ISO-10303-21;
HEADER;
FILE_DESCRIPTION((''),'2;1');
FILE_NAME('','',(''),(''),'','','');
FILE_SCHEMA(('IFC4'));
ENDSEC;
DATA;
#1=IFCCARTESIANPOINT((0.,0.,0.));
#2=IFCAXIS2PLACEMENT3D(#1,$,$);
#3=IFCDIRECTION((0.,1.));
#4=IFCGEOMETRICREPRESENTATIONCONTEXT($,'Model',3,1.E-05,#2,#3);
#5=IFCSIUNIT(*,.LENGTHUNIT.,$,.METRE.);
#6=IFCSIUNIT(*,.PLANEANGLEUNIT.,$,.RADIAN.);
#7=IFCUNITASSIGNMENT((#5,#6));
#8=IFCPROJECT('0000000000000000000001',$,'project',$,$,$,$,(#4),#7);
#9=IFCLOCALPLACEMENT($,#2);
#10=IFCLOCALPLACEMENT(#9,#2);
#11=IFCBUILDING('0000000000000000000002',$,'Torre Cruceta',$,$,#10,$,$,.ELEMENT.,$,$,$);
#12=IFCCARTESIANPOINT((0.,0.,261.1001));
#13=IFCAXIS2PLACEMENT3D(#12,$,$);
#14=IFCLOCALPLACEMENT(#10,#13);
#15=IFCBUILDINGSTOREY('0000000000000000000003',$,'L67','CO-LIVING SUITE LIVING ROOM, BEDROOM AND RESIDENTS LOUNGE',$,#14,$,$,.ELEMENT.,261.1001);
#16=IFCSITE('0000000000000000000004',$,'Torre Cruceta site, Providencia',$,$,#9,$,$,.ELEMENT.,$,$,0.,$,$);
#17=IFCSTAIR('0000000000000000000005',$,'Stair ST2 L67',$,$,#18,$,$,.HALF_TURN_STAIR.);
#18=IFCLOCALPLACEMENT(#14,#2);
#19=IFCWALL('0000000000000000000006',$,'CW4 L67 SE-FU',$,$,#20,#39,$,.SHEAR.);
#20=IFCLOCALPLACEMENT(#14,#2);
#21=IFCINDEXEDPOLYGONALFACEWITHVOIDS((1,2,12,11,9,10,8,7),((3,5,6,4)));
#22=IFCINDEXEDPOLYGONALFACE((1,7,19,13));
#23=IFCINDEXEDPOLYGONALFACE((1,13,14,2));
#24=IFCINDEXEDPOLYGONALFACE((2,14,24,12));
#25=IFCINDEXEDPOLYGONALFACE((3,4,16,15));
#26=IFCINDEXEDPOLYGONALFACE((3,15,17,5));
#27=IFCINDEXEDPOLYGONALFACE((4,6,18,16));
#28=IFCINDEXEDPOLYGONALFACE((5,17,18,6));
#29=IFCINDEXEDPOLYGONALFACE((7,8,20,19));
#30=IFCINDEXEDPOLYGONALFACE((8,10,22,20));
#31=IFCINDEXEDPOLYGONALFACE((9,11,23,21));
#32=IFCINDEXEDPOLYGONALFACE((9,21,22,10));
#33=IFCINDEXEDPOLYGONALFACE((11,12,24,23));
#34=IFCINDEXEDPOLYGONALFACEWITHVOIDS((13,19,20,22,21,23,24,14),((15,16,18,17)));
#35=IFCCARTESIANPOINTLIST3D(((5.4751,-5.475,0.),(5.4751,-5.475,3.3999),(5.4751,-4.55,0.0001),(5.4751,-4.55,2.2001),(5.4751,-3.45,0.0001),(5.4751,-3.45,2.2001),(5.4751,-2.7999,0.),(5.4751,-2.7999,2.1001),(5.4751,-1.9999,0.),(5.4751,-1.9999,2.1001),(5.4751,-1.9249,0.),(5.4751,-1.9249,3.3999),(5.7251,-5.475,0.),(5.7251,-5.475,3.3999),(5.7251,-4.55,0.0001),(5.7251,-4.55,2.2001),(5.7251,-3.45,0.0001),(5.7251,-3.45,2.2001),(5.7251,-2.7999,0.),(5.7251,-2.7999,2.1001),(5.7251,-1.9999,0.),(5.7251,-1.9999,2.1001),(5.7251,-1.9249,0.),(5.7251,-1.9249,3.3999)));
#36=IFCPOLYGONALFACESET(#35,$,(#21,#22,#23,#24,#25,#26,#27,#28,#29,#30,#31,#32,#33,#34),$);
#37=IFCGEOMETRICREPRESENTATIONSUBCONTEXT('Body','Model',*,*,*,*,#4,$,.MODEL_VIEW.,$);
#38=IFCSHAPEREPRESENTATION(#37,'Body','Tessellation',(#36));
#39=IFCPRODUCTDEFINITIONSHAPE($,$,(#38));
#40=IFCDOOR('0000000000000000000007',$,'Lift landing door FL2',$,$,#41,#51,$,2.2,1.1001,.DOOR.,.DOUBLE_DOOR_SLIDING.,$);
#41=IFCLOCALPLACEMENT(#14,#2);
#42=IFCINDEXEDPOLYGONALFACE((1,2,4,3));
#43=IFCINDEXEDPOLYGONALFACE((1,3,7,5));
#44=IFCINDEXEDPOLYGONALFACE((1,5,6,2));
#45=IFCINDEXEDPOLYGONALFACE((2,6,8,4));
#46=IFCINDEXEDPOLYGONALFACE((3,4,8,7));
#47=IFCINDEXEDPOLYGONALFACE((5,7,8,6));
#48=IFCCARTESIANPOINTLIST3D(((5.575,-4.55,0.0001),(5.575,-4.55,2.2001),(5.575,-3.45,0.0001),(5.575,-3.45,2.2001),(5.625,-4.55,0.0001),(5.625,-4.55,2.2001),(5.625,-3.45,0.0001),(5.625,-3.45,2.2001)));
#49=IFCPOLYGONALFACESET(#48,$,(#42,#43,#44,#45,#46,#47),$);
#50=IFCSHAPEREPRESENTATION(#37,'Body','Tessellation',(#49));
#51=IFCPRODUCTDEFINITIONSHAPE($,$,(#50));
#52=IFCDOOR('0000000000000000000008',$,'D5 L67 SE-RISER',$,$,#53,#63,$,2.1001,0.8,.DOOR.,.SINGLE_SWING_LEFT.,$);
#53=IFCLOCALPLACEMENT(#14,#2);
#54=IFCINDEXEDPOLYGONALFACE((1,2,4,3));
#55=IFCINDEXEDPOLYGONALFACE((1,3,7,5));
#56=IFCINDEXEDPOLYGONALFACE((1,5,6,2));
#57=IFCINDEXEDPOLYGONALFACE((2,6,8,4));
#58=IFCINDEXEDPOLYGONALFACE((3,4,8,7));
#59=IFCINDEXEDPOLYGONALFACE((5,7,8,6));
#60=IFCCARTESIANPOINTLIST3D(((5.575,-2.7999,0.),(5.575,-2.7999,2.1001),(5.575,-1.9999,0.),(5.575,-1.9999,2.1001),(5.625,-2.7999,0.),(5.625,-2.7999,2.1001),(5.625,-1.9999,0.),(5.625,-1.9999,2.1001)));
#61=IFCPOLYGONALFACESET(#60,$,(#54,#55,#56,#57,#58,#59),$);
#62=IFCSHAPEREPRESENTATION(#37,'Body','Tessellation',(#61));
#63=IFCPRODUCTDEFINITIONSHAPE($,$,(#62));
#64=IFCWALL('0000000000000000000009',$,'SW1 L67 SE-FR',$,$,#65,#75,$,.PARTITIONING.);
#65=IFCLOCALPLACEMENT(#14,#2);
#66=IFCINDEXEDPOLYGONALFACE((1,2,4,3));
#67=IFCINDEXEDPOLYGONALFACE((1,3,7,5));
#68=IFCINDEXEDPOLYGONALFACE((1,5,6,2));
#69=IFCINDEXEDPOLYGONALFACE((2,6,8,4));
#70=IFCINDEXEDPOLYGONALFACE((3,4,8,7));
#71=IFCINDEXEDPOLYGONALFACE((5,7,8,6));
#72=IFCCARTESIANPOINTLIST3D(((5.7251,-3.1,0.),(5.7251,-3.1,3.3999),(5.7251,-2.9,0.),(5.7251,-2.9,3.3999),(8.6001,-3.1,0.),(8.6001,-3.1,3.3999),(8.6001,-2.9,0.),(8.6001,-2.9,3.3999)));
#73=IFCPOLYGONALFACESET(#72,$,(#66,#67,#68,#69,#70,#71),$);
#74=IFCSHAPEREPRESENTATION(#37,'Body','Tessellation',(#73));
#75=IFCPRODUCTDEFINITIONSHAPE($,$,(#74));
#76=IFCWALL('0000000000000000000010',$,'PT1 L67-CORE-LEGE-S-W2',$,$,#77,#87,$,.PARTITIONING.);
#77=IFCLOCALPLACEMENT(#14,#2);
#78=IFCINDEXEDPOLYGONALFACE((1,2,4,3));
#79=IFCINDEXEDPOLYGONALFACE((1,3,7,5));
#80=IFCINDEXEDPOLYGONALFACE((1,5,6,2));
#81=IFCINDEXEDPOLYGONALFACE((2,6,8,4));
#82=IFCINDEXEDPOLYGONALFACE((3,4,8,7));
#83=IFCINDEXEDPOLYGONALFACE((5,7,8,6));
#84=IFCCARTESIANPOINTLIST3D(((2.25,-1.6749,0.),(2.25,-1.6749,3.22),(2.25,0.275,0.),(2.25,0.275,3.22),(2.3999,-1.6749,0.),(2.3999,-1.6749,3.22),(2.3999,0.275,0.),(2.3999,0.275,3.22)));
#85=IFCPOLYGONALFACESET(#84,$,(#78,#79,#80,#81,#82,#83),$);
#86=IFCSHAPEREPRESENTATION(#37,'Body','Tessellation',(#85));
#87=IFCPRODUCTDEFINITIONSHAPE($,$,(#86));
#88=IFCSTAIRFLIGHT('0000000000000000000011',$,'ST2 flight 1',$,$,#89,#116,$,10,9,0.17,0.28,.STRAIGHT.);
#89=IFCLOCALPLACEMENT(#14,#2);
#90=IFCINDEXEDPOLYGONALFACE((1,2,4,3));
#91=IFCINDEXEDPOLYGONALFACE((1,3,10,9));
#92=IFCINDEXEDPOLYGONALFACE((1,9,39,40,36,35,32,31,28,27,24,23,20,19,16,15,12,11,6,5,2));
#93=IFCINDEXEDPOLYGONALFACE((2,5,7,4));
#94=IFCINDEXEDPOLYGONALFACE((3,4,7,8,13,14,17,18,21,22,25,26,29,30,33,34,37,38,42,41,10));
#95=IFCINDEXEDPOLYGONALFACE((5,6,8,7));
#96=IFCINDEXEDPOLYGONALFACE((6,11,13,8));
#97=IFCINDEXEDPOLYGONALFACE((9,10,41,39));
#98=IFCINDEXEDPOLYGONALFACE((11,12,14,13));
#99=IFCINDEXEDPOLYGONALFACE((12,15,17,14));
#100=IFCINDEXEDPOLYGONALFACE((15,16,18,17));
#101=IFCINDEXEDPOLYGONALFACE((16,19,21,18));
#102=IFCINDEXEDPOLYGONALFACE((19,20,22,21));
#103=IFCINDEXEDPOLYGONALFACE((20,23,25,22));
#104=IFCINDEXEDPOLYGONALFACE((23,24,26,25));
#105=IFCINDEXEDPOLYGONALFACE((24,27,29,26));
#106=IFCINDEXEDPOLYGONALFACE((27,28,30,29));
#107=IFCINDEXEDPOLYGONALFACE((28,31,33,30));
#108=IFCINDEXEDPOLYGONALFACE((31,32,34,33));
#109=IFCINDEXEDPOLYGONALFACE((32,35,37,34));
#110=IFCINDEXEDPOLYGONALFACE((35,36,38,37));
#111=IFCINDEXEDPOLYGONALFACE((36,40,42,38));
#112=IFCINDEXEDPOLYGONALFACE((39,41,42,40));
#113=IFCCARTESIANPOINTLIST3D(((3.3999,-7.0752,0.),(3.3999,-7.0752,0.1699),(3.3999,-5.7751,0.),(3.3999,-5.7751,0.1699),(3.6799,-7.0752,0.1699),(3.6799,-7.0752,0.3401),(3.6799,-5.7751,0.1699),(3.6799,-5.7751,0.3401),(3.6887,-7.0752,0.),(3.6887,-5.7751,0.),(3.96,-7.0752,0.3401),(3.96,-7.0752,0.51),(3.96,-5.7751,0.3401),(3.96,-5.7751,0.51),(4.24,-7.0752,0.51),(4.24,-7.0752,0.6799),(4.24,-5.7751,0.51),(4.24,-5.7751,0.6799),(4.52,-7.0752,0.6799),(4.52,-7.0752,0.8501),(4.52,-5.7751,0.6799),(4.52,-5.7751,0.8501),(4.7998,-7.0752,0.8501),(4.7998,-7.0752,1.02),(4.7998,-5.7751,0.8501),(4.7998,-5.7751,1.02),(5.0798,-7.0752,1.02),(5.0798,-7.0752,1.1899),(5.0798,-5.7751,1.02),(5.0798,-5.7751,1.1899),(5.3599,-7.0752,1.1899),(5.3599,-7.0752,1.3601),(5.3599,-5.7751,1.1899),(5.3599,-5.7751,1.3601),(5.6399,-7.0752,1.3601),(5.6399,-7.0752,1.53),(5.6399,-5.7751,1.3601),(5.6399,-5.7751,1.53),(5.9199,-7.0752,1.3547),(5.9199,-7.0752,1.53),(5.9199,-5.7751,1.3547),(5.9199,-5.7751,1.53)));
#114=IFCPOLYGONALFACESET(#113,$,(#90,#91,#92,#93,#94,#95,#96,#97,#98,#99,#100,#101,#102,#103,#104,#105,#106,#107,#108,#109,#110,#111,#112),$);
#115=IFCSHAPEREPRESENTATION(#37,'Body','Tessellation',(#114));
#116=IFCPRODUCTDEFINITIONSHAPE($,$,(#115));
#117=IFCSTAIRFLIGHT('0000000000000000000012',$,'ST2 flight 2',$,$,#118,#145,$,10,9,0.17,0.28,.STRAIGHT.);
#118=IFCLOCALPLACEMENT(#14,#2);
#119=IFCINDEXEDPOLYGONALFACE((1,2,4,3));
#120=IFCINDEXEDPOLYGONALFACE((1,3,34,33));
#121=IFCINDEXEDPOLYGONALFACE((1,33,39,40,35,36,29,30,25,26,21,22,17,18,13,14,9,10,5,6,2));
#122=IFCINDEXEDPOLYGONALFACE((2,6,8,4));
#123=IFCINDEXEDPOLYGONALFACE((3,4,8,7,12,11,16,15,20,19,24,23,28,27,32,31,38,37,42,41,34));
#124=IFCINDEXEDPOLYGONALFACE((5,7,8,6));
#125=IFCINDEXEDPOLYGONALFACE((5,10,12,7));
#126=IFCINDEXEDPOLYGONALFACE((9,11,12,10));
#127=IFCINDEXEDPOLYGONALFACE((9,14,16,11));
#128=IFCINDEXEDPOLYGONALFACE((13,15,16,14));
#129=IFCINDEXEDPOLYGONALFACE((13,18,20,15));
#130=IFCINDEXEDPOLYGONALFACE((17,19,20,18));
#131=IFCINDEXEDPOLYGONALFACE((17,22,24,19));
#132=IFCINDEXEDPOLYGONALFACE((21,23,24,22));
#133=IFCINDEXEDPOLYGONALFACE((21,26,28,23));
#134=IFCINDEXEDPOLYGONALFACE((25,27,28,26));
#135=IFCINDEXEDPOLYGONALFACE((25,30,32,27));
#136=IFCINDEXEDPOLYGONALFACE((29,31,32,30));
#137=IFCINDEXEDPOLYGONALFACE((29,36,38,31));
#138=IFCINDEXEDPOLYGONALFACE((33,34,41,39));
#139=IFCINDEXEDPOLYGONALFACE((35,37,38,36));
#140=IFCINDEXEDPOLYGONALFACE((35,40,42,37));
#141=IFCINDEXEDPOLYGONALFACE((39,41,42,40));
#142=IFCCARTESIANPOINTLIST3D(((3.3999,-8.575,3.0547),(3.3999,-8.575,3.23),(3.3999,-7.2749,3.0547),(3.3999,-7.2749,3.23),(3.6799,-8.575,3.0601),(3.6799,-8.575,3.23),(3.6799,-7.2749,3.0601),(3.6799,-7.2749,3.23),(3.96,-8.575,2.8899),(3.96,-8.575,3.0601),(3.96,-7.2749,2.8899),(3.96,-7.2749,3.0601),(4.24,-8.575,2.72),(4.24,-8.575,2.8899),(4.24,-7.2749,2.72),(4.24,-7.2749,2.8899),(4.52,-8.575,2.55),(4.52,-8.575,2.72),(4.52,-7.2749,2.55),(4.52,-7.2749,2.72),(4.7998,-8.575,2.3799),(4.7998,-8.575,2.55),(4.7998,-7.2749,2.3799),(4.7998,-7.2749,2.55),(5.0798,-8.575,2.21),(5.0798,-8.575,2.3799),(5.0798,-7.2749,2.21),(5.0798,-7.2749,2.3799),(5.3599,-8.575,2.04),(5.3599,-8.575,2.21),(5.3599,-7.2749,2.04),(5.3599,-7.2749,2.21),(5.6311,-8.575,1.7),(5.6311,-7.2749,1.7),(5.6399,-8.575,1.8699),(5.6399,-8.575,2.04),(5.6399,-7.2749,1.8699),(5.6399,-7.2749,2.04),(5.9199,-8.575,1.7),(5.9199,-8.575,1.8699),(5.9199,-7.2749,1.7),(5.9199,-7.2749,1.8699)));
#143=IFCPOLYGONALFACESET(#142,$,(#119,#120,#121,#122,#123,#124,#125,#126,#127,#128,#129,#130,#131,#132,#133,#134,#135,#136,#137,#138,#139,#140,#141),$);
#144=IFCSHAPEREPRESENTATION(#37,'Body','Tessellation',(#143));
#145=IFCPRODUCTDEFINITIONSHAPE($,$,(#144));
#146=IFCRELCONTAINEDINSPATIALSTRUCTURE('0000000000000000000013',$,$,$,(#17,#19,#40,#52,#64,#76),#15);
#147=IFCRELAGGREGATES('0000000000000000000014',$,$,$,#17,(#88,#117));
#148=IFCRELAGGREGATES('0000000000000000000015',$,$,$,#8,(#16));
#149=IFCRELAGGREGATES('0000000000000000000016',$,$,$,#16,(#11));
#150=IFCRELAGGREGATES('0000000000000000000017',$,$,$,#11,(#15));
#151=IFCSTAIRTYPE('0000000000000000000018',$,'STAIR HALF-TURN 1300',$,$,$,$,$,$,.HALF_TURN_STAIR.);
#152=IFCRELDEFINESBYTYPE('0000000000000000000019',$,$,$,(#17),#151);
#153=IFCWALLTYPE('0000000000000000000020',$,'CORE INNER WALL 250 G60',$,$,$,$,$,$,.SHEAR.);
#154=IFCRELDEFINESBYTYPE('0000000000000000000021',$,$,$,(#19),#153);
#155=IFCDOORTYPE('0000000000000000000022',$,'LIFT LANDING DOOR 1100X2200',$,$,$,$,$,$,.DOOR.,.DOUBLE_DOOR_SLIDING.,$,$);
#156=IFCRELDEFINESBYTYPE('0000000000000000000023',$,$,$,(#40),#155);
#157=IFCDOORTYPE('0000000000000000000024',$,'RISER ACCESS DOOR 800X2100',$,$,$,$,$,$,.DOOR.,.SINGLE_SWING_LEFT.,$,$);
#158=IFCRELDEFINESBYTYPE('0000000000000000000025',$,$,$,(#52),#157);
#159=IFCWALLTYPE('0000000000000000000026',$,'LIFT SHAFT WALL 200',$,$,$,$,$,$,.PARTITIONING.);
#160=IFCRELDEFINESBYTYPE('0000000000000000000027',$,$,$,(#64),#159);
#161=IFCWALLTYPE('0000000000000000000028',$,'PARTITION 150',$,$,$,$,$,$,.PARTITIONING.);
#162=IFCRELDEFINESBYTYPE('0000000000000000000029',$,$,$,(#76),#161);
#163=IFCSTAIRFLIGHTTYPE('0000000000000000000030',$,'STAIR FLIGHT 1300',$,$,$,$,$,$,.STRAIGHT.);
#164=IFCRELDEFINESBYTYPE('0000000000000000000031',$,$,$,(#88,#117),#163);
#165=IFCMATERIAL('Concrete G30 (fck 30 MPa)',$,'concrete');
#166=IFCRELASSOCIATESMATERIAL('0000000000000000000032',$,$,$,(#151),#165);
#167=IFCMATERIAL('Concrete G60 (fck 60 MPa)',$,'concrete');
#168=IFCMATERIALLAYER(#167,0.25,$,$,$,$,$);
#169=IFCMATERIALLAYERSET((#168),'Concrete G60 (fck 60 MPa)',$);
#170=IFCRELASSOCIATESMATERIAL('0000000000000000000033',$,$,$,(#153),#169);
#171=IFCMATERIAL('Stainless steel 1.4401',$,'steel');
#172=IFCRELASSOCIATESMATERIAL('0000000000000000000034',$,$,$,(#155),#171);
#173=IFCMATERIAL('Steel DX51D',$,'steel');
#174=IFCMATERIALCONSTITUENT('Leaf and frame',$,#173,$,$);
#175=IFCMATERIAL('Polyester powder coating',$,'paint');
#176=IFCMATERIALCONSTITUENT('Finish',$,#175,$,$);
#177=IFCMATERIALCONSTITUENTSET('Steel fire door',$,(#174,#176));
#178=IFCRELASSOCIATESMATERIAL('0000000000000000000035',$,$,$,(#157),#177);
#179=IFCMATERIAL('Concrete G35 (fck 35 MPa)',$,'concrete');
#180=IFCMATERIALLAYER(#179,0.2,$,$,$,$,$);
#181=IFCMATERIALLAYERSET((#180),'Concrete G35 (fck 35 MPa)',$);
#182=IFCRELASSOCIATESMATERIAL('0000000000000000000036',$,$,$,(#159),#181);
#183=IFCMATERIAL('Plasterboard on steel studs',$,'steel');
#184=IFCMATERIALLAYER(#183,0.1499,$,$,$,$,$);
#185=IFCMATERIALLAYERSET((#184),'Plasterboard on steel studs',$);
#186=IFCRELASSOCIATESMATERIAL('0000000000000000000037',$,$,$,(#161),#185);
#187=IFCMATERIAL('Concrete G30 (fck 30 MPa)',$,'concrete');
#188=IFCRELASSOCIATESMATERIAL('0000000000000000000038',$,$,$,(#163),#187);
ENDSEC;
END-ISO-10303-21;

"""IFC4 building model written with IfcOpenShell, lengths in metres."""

from ifc_helpers import new_model, si_unit, direction, frame, frame_2d, origin, place, context, subcontext, project, spatial, polyline, rectangle, outline, extrude, material, layer, layer_set, constituent, constituent_set, type_object, element, fill, aggregate, save


model = new_model("IFC4")

# Units and contexts
model_context = context("Model", 3, precision=1e-05, world=origin(), true_north=direction((0.0, 1.0)))
body_context = subcontext(model_context, "Body", "Model", "MODEL_VIEW")
ifc_project = project(units=[si_unit("LENGTHUNIT", "METRE"), si_unit("PLANEANGLEUNIT", "RADIAN")], contexts=[model_context])

# Site, building, storey
site_placement = place(None, origin())
site = spatial("IfcSite", under=ifc_project, at=site_placement, Name="Torre Cruceta site, Providencia", CompositionType="ELEMENT", RefElevation=0.0)
building_placement = place(site_placement, origin())
building = spatial("IfcBuilding", under=site, at=building_placement, Name="Torre Cruceta", CompositionType="ELEMENT")
storey_placement = place(building_placement, frame((0.0, 0.0, 261.1001)))
storey = spatial("IfcBuildingStorey", under=building, at=storey_placement, Name="L67", Description="CO-LIVING SUITE LIVING ROOM, BEDROOM AND RESIDENTS LOUNGE", CompositionType="ELEMENT", Elevation=261.1001)

# Stair
ifc_material_1 = material(Name="Concrete G30 (fck 30 MPa)", Category="concrete")
stair_type = type_object("IfcStairType", Name="STAIR HALF-TURN 1300", PredefinedType="HALF_TURN_STAIR", material=ifc_material_1)
stair_placement = place(storey_placement, origin())
stair = element("IfcStair", 1, at=stair_placement, inside=storey, type_object=stair_type, Name="Stair ST2 L67", PredefinedType="HALF_TURN_STAIR")

# Shared definitions
ifc_material_2 = material(Name="Concrete G60 (fck 60 MPa)", Category="concrete")
ifc_layer_1 = layer(ifc_material_2, 0.25)
ifc_layer_set_1 = layer_set([ifc_layer_1], Name="Concrete G60 (fck 60 MPa)")
wall_type_1 = type_object("IfcWallType", Name="CORE INNER WALL 250 G60", PredefinedType="SHEAR", material=ifc_layer_set_1)

# Wall, openings, doors
wall_1_placement = place(storey_placement, frame((5.6001, -1.925, 0.0), z_axis=(0.0, 0.0, 1.0), x_axis=(0.0, -1.0, 0.0)))
wall_1 = element("IfcWall", 2, at=wall_1_placement, inside=storey, type_object=wall_type_1, Name="CW4 L67 SE-FU", PredefinedType="SHEAR", context=body_context, shape_type="SweptSolid", body=[
    extrude(rectangle(XDim=3.55, YDim=0.25, at=frame_2d((1.7749, 0.0))), origin(), (0.0, 0.0, 1.0), 3.3999),
])
opening_1_placement = place(wall_1_placement, frame((1.5249, 0.0, 0.0)))
opening_1 = element("IfcOpeningElement", 3, at=opening_1_placement, cuts=wall_1, PredefinedType="OPENING", context=body_context, shape_type="SweptSolid", body=[
    extrude(rectangle(XDim=1.1001, YDim=2.2, at=frame_2d((0.55, 1.1001))), frame((0.0, 0.135, 0.0), z_axis=(0.0, -1.0, 0.0), x_axis=(1.0, 0.0, 0.0)), (0.0, 0.0, 1.0), 0.27),
])
opening_2_placement = place(wall_1_placement, frame((0.075, 0.0, 0.0)))
opening_2 = element("IfcOpeningElement", 4, at=opening_2_placement, cuts=wall_1, PredefinedType="OPENING", context=body_context, shape_type="SweptSolid", body=[
    extrude(rectangle(XDim=0.8, YDim=2.1001, at=frame_2d((0.3999, 1.05))), frame((0.0, 0.135, 0.0), z_axis=(0.0, -1.0, 0.0), x_axis=(1.0, 0.0, 0.0)), (0.0, 0.0, 1.0), 0.27),
])
ifc_material_3 = material(Name="Stainless steel 1.4401", Category="steel")
door_type_1 = type_object("IfcDoorType", Name="LIFT LANDING DOOR 1100X2200", OperationType="DOUBLE_DOOR_SLIDING", PredefinedType="DOOR", material=ifc_material_3)
door_1_placement = place(opening_1_placement, origin())
door_1 = element("IfcDoor", 5, at=door_1_placement, inside=storey, type_object=door_type_1, Name="Lift landing door FL2", OperationType="DOUBLE_DOOR_SLIDING", OverallHeight=2.2, OverallWidth=1.1001, PredefinedType="DOOR", context=body_context, shape_type="SweptSolid", body=[
    extrude(rectangle(XDim=1.1001, YDim=2.2, at=frame_2d((0.55, 1.1001))), frame((0.0, 0.0249, 0.0), z_axis=(0.0, -1.0, 0.0), x_axis=(1.0, 0.0, 0.0)), (0.0, 0.0, 1.0), 0.05),
])
fill(opening_1, door_1)
ifc_material_4 = material(Name="Steel DX51D", Category="steel")
ifc_constituent_1 = constituent(ifc_material_4, Name="Leaf and frame")
ifc_material_5 = material(Name="Polyester powder coating", Category="paint")
ifc_constituent_2 = constituent(ifc_material_5, Name="Finish")
ifc_constituent_set_1 = constituent_set(constituents=[ifc_constituent_1, ifc_constituent_2], Name="Steel fire door")
door_type_2 = type_object("IfcDoorType", Name="RISER ACCESS DOOR 800X2100", OperationType="SINGLE_SWING_LEFT", PredefinedType="DOOR", material=ifc_constituent_set_1)
door_2_placement = place(opening_2_placement, origin())
door_2 = element("IfcDoor", 6, at=door_2_placement, inside=storey, type_object=door_type_2, Name="D5 L67 SE-RISER", OperationType="SINGLE_SWING_LEFT", OverallHeight=2.1001, OverallWidth=0.8, PredefinedType="DOOR", context=body_context, shape_type="SweptSolid", body=[
    extrude(rectangle(XDim=0.8, YDim=2.1001, at=frame_2d((0.3999, 1.05))), frame((0.0, 0.0249, 0.0), z_axis=(0.0, -1.0, 0.0), x_axis=(1.0, 0.0, 0.0)), (0.0, 0.0, 1.0), 0.05),
])
fill(opening_2, door_2)

# Walls
ifc_material_6 = material(Name="Concrete G35 (fck 35 MPa)", Category="concrete")
ifc_layer_2 = layer(ifc_material_6, 0.2)
ifc_layer_set_2 = layer_set([ifc_layer_2], Name="Concrete G35 (fck 35 MPa)")
wall_type_2 = type_object("IfcWallType", Name="LIFT SHAFT WALL 200", PredefinedType="PARTITIONING", material=ifc_layer_set_2)
wall_2_placement = place(storey_placement, frame((5.7251, -3.0, 0.0), z_axis=(0.0, 0.0, 1.0), x_axis=(1.0, 0.0, 0.0)))
element("IfcWall", 7, at=wall_2_placement, inside=storey, type_object=wall_type_2, Name="SW1 L67 SE-FR", PredefinedType="PARTITIONING", context=body_context, shape_type="SweptSolid", body=[
    extrude(rectangle(XDim=2.875, YDim=0.2, at=frame_2d((1.4375, 0.0))), origin(), (0.0, 0.0, 1.0), 3.3999),
])
ifc_material_7 = material(Name="Plasterboard on steel studs", Category="steel")
ifc_layer_3 = layer(ifc_material_7, 0.1499)
ifc_layer_set_3 = layer_set([ifc_layer_3], Name="Plasterboard on steel studs")
wall_type_3 = type_object("IfcWallType", Name="PARTITION 150", PredefinedType="PARTITIONING", material=ifc_layer_set_3)
wall_3_placement = place(storey_placement, frame((2.325, -1.675, 0.0), z_axis=(0.0, 0.0, 1.0), x_axis=(0.0, 1.0, 0.0)))
element("IfcWall", 8, at=wall_3_placement, inside=storey, type_object=wall_type_3, Name="PT1 L67-CORE-LEGE-S-W2", PredefinedType="PARTITIONING", context=body_context, shape_type="SweptSolid", body=[
    extrude(rectangle(XDim=1.95, YDim=0.1499, at=frame_2d((0.9751, 0.0))), origin(), (0.0, 0.0, 1.0), 3.22),
])

# Stair flights
ifc_material_8 = material(Name="Concrete G30 (fck 30 MPa)", Category="concrete")
stair_flight_type = type_object("IfcStairFlightType", Name="STAIR FLIGHT 1300", PredefinedType="STRAIGHT", material=ifc_material_8)
stair_flight_1_placement = place(storey_placement, frame((3.3999, -6.425, 0.0), z_axis=(0.0, 0.0, 1.0), x_axis=(1.0, 0.0, 0.0)))
stair_flight_1 = element("IfcStairFlight", 9, at=stair_flight_1_placement, type_object=stair_flight_type, Name="ST2 flight 1", NumberOfRisers=10, NumberOfTreads=9, PredefinedType="STRAIGHT", RiserHeight=0.17, TreadLength=0.28, context=body_context, shape_type="SweptSolid", body=[
    extrude(outline(polyline([(0.0, 0.0), (0.0, 0.1699), (0.28, 0.1699), (0.28, 0.3401), (0.5601, 0.3401), (0.5601, 0.51), (0.8401, 0.51), (0.8401, 0.6799), (1.1201, 0.6799), (1.1201, 0.8501), (1.3999, 0.8501), (1.3999, 1.02), (1.6799, 1.02), (1.6799, 1.1899), (1.96, 1.1899), (1.96, 1.3601), (2.24, 1.3601), (2.24, 1.53), (2.52, 1.53), (2.52, 1.7), (2.52, 1.3547), (0.2888, 0.0), (0.0, 0.0)])), frame((0.0, 0.6499, 0.0), z_axis=(0.0, -1.0, 0.0), x_axis=(1.0, 0.0, 0.0)), (0.0, 0.0, 1.0), 1.3),
])
stair_flight_2_placement = place(storey_placement, frame((5.9199, -7.925, 1.7), z_axis=(0.0, 0.0, 1.0), x_axis=(-1.0, 0.0, 0.0)))
stair_flight_2 = element("IfcStairFlight", 10, at=stair_flight_2_placement, type_object=stair_flight_type, Name="ST2 flight 2", NumberOfRisers=10, NumberOfTreads=9, PredefinedType="STRAIGHT", RiserHeight=0.17, TreadLength=0.28, context=body_context, shape_type="SweptSolid", body=[
    extrude(outline(polyline([(0.0, 0.0), (0.0, 0.1699), (0.28, 0.1699), (0.28, 0.3401), (0.5601, 0.3401), (0.5601, 0.51), (0.8401, 0.51), (0.8401, 0.6799), (1.1201, 0.6799), (1.1201, 0.8501), (1.3999, 0.8501), (1.3999, 1.02), (1.6799, 1.02), (1.6799, 1.1899), (1.96, 1.1899), (1.96, 1.3601), (2.24, 1.3601), (2.24, 1.53), (2.52, 1.53), (2.52, 1.7), (2.52, 1.3547), (0.2888, 0.0), (0.0, 0.0)])), frame((0.0, 0.6499, 0.0), z_axis=(0.0, -1.0, 0.0), x_axis=(1.0, 0.0, 0.0)), (0.0, 0.0, 1.0), 1.3),
])
aggregate(stair, [stair_flight_1, stair_flight_2])

save(model, "model.ifc")
